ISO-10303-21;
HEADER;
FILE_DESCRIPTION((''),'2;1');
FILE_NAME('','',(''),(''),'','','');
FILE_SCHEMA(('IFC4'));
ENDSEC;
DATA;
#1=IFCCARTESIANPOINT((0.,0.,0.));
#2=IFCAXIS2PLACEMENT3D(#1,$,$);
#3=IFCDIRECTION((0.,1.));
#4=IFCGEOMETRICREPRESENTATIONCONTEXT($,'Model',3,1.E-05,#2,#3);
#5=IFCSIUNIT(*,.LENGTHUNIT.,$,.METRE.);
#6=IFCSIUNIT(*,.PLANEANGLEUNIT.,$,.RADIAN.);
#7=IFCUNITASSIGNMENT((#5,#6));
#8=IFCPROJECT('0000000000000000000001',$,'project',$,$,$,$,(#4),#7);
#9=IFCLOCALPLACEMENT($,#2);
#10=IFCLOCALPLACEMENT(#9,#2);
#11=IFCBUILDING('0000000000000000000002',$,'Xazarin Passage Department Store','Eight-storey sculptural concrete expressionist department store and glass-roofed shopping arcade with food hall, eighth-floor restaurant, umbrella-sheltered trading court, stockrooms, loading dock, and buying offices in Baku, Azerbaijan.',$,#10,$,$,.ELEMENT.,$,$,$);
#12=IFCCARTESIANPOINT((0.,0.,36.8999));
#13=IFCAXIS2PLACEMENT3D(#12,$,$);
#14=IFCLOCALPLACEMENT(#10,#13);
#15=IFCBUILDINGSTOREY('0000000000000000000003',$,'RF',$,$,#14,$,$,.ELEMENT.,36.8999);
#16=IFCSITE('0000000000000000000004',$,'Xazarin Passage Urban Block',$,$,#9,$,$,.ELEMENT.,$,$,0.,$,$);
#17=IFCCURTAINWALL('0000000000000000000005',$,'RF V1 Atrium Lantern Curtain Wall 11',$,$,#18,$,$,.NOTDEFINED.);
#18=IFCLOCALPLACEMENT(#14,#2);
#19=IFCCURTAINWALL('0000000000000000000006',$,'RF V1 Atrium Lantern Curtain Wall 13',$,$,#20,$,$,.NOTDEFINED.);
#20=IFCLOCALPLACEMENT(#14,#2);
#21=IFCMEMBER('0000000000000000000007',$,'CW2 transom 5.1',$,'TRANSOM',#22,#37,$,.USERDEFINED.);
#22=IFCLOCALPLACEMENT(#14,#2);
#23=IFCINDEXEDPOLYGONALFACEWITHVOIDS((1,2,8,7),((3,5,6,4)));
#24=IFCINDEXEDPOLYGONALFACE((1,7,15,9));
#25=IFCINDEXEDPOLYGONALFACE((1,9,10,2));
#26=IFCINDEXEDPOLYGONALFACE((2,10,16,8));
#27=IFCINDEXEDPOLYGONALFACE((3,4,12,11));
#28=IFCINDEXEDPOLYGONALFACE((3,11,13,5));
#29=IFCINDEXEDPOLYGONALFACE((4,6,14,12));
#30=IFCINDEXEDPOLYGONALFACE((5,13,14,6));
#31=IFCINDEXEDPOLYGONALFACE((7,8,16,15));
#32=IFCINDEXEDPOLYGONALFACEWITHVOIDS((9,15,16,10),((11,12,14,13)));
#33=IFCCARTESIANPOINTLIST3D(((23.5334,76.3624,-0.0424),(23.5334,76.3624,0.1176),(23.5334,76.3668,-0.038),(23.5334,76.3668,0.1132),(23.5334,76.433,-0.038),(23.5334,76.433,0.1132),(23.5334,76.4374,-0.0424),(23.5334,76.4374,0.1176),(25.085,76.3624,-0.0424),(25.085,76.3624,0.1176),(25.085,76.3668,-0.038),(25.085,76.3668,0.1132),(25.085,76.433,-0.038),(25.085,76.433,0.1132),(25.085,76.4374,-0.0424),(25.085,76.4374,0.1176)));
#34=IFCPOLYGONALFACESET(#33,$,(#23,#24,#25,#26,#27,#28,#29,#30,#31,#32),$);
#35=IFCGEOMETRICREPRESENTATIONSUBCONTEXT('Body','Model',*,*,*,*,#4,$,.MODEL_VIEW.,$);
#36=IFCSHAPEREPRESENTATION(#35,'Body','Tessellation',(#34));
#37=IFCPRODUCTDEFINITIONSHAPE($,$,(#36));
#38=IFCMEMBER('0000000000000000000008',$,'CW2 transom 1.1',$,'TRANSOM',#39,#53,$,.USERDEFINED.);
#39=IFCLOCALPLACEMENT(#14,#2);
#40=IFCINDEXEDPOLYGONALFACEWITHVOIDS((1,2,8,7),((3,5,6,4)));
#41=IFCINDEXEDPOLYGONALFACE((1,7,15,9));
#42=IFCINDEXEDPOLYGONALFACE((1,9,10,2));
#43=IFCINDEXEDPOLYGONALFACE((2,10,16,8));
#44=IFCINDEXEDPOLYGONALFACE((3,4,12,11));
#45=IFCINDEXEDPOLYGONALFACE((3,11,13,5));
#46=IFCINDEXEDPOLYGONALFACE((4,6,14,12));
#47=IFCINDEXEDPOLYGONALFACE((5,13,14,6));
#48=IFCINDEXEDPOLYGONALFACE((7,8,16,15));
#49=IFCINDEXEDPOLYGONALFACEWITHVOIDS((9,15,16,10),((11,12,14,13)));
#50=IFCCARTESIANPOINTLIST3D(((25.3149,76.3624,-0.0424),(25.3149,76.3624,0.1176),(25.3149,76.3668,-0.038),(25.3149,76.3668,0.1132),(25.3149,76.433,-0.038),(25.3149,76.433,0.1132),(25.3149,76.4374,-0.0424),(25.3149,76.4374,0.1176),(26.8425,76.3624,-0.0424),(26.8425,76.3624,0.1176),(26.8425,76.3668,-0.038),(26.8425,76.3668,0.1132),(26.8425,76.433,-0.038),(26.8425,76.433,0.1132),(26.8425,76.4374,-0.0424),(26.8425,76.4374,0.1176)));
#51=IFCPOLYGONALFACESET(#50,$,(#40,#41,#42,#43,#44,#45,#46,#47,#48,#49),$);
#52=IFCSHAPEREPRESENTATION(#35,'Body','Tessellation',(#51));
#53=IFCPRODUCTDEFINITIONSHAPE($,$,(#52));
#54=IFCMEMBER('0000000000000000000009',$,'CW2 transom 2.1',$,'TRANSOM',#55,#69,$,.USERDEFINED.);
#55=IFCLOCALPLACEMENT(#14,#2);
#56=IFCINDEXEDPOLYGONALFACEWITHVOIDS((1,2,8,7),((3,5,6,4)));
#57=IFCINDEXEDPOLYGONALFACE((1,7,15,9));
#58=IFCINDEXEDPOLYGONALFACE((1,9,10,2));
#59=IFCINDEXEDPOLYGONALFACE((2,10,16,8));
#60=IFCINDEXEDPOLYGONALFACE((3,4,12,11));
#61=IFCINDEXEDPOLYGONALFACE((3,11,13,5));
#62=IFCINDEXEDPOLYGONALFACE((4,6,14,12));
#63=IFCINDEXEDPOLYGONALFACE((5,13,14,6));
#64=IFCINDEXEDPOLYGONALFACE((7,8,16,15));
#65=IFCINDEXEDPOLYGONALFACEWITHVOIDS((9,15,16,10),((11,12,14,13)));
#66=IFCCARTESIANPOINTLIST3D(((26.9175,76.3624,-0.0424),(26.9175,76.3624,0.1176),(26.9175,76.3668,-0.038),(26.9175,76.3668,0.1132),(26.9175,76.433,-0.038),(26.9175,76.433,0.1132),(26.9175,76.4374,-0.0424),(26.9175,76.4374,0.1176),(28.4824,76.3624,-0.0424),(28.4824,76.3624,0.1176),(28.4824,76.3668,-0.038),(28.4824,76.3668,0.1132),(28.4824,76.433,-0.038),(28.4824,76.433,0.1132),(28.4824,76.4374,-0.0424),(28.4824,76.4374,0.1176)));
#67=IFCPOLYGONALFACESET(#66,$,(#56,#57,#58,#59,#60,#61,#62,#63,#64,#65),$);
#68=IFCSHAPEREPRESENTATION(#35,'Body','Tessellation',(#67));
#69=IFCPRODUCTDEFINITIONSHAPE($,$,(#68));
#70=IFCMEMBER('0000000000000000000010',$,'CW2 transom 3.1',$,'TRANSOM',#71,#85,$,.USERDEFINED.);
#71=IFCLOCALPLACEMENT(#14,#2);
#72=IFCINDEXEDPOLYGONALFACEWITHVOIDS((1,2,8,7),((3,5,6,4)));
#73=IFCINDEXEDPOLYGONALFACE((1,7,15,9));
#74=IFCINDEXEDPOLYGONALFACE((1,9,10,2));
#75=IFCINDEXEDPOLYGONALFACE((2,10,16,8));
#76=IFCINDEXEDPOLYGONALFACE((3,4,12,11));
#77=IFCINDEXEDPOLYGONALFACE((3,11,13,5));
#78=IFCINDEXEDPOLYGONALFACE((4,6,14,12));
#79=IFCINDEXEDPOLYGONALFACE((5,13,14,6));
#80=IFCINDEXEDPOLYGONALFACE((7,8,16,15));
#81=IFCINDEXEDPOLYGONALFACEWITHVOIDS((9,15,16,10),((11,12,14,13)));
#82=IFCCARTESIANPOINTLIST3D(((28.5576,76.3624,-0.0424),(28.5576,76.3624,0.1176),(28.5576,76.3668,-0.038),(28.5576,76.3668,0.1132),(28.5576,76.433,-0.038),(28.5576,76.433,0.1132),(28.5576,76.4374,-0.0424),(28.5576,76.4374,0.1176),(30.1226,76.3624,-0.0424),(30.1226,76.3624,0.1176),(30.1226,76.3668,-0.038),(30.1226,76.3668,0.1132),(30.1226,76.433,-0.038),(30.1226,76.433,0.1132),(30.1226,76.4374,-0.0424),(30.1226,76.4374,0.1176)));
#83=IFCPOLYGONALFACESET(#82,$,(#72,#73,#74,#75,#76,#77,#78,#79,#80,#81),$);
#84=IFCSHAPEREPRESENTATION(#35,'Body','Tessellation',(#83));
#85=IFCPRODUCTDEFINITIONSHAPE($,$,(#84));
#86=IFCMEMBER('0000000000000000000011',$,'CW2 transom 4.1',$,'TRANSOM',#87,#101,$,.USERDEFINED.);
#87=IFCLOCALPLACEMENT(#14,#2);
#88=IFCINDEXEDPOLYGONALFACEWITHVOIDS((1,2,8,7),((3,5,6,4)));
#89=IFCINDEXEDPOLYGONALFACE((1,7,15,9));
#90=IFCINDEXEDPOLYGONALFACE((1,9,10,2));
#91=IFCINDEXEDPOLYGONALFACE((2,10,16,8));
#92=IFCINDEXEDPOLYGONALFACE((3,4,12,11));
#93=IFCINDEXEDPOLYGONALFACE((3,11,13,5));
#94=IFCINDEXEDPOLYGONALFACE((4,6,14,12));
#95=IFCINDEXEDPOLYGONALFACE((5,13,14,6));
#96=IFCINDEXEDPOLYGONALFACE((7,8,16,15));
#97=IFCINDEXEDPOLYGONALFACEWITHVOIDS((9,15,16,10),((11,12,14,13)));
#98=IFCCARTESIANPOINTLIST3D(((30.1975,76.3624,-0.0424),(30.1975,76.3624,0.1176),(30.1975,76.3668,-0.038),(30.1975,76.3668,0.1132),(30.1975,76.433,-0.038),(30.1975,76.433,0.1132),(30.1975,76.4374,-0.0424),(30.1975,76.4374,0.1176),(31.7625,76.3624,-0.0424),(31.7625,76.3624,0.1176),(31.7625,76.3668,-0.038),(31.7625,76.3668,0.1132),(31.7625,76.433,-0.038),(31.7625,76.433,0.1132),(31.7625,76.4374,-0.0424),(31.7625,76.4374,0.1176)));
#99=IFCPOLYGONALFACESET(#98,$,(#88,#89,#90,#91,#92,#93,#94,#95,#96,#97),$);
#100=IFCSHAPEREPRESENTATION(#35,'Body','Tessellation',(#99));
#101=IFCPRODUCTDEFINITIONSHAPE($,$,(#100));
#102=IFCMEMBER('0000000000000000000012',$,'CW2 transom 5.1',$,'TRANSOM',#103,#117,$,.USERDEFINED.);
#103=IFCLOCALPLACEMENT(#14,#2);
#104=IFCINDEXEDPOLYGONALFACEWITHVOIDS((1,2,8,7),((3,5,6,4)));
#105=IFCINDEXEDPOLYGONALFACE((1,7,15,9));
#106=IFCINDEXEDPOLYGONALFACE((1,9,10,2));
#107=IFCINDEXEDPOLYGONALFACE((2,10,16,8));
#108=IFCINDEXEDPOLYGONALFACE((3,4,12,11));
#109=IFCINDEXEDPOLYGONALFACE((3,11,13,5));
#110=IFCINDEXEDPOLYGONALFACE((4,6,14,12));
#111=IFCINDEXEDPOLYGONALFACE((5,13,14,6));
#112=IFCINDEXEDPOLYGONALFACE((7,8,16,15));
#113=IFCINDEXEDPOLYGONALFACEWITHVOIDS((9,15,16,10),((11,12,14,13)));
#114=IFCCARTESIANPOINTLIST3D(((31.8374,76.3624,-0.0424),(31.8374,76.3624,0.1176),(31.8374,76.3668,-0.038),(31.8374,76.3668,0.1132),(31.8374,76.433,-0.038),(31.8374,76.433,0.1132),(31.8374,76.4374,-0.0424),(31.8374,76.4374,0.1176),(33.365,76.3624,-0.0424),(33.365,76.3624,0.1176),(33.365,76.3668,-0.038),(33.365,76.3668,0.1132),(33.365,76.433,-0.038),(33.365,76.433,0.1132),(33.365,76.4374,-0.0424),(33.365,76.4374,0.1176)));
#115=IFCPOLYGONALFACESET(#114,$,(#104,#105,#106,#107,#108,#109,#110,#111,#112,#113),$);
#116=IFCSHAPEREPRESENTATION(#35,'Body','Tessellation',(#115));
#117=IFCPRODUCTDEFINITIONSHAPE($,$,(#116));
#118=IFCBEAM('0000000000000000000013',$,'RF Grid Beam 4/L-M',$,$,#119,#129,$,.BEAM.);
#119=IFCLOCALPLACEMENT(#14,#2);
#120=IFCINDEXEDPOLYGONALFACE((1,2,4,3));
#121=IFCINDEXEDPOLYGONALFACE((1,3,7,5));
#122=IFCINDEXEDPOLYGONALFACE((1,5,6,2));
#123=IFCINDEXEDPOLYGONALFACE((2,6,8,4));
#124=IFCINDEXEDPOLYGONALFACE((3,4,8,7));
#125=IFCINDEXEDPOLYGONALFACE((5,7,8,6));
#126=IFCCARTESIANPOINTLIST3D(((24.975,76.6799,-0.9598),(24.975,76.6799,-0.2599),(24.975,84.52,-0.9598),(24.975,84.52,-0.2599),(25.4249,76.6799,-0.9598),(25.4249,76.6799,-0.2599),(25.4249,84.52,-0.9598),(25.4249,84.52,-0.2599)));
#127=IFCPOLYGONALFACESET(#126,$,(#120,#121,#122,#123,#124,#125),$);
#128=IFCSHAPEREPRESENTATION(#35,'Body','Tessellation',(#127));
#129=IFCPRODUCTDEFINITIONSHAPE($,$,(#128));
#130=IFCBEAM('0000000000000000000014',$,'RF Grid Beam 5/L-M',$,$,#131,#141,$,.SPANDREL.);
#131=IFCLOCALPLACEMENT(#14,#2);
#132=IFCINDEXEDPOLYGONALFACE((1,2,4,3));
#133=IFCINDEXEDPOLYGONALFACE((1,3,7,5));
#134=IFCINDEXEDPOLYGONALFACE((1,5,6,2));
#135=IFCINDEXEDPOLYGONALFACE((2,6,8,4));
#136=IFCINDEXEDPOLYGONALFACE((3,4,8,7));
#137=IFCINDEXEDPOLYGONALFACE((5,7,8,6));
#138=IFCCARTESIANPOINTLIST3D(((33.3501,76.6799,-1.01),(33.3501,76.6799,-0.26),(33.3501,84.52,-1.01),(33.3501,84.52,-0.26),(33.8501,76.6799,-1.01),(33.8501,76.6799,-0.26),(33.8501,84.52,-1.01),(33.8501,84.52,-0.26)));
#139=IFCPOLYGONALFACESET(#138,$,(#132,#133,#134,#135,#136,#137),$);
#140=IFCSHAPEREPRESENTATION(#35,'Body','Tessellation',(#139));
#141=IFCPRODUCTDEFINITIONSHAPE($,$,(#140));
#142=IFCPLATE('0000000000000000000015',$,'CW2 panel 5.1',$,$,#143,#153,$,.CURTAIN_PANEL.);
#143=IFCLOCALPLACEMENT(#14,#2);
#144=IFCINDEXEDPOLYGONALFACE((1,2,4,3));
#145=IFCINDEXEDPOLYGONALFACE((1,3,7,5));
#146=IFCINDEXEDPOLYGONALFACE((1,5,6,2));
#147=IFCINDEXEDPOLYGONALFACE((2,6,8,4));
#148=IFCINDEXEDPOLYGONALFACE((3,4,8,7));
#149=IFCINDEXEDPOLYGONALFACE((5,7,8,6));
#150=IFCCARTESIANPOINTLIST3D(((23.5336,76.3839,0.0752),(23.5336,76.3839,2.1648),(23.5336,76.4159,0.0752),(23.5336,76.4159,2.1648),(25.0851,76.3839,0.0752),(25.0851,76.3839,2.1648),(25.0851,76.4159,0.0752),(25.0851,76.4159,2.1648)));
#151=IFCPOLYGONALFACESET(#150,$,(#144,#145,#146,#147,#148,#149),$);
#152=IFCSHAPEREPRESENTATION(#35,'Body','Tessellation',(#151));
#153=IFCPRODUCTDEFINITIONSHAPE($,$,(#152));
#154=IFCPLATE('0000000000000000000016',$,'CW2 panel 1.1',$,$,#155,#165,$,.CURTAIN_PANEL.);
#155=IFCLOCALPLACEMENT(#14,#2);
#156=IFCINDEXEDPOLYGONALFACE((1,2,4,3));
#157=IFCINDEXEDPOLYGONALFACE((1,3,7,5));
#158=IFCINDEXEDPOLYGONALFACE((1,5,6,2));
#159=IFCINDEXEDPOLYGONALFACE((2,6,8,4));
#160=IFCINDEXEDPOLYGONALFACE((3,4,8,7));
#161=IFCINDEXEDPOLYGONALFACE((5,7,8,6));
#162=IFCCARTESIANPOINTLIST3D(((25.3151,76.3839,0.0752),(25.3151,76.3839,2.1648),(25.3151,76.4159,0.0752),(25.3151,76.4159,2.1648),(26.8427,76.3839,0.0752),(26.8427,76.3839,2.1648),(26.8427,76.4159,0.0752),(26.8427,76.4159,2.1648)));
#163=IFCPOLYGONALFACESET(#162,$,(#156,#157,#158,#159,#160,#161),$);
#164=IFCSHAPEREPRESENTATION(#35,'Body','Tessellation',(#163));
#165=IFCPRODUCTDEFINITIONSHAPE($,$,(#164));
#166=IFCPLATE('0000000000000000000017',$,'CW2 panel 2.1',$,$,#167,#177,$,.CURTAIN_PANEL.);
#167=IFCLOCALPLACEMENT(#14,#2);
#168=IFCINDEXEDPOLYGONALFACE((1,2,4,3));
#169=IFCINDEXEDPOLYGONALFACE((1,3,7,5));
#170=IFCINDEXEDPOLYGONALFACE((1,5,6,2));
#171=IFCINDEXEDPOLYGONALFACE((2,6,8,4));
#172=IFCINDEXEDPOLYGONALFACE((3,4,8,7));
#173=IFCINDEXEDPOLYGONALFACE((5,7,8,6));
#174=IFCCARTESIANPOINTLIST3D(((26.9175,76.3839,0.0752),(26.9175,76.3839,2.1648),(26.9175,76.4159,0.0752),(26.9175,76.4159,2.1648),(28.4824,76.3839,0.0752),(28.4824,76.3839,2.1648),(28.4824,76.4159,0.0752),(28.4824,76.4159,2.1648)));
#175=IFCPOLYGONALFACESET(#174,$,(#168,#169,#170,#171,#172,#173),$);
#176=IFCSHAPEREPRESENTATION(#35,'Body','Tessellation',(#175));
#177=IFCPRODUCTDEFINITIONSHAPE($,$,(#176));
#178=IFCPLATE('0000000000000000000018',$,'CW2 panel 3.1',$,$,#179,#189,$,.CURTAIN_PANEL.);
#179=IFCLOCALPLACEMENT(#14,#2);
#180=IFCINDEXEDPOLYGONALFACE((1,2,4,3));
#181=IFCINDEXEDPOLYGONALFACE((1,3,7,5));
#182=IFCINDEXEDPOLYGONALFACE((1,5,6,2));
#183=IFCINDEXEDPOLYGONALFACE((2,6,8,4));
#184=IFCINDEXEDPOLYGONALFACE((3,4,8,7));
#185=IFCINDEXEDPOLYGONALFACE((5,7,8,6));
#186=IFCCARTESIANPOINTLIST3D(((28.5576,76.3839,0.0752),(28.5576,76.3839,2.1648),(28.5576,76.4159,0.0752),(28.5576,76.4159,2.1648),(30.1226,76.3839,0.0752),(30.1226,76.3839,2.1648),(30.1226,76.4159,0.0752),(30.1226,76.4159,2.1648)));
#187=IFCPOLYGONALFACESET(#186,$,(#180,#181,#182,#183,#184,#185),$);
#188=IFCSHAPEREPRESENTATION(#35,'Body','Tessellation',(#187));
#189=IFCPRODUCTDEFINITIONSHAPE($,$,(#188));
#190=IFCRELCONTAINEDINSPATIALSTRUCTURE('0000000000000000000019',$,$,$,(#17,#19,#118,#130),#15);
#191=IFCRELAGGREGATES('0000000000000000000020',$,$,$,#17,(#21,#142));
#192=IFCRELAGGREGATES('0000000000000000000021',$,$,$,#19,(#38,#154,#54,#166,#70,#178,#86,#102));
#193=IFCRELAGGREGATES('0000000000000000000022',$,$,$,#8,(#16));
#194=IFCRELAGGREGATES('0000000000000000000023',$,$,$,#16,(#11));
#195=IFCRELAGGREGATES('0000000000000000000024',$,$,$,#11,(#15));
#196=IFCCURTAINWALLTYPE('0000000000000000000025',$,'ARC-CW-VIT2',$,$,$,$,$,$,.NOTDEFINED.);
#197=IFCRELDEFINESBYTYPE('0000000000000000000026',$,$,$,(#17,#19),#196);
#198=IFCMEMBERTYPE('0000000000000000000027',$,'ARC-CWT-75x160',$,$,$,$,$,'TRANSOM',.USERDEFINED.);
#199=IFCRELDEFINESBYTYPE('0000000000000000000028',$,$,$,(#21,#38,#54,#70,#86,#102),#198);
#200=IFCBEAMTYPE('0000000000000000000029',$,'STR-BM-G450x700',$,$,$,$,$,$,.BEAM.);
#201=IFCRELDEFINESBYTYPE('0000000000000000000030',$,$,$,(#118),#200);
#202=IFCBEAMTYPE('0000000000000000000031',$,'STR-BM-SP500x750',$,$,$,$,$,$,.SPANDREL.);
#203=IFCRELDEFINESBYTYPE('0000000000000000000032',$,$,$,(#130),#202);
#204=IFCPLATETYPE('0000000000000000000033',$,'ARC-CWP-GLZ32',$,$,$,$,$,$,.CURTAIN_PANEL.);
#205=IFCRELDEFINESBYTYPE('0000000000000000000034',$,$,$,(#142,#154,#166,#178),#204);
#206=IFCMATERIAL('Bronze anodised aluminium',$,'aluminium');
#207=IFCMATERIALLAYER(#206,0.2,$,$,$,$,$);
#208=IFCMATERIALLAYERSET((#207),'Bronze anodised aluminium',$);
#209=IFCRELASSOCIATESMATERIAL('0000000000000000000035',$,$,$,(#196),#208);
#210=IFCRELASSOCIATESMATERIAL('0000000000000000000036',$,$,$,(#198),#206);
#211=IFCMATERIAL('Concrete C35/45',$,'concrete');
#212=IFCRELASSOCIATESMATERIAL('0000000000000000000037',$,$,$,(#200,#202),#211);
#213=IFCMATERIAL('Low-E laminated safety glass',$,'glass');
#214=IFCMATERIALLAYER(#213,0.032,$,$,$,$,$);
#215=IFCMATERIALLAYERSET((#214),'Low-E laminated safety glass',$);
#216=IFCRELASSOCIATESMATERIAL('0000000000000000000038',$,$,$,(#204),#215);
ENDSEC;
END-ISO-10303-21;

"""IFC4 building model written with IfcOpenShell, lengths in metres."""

from ifc_helpers import new_model, si_unit, direction, frame, origin, origin_2d, place, context, subcontext, project, spatial, rectangle, hollow_rectangle, extrude, material, layer, layer_set, material_profile, profile_set, type_object, element, aggregate, save


model = new_model("IFC4")

# Units and contexts
model_context = context("Model", 3, precision=1e-05, world=origin(), true_north=direction((0.0, 1.0)))
body_context = subcontext(model_context, "Body", "Model", "MODEL_VIEW")
ifc_project = project(units=[si_unit("LENGTHUNIT", "METRE"), si_unit("PLANEANGLEUNIT", "RADIAN")], contexts=[model_context])

# Site, building, storey
site_placement = place(None, origin())
site = spatial("IfcSite", under=ifc_project, at=site_placement, Name="Xazarin Passage Urban Block", CompositionType="ELEMENT", RefElevation=0.0)
building_placement = place(site_placement, origin())
building = spatial("IfcBuilding", under=site, at=building_placement, Name="Xazarin Passage Department Store", Description="Eight-storey sculptural concrete expressionist department store and glass-roofed shopping arcade with food hall, eighth-floor restaurant, umbrella-sheltered trading court, stockrooms, loading dock, and buying offices in Baku, Azerbaijan.", CompositionType="ELEMENT")
storey_placement = place(building_placement, frame((0.0, 0.0, 36.8999)))
storey = spatial("IfcBuildingStorey", under=building, at=storey_placement, Name="RF", CompositionType="ELEMENT", Elevation=36.8999)

# Curtain walls
ifc_material_1 = material(Name="Bronze anodised aluminium", Category="aluminium")
ifc_layer_1 = layer(ifc_material_1, 0.2)
ifc_layer_set_1 = layer_set([ifc_layer_1], Name="Bronze anodised aluminium")
curtain_wall_type = type_object("IfcCurtainWallType", Name="ARC-CW-VIT2", PredefinedType="NOTDEFINED", material=ifc_layer_set_1)
curtain_wall_1_placement = place(storey_placement, origin())
curtain_wall_1 = element("IfcCurtainWall", 1, at=curtain_wall_1_placement, inside=storey, type_object=curtain_wall_type, Name="RF V1 Atrium Lantern Curtain Wall 11", PredefinedType="NOTDEFINED")
curtain_wall_2_placement = place(storey_placement, origin())
curtain_wall_2 = element("IfcCurtainWall", 2, at=curtain_wall_2_placement, inside=storey, type_object=curtain_wall_type, Name="RF V1 Atrium Lantern Curtain Wall 13", PredefinedType="NOTDEFINED")

# Members
ifc_material_profile_1 = material_profile(ifc_material_1, hollow_rectangle(XDim=0.075, YDim=0.1599, WallThickness=0.0044, at=origin_2d()), Name="ALU 75x160")
ifc_profile_set_1 = profile_set([ifc_material_profile_1], Name="Bronze anodised aluminium")
member_type_1 = type_object("IfcMemberType", Name="ARC-CWT-75x160", ElementType="TRANSOM", PredefinedType="USERDEFINED", material=ifc_profile_set_1)
member_1_placement = place(storey_placement, frame((23.5334, 76.3999, 0.0376), z_axis=(1.0, 0.0, 0.0), x_axis=(0.0, 1.0, 0.0)))
member_1 = element("IfcMember", 3, at=member_1_placement, type_object=member_type_1, Name="CW2 transom 5.1", ObjectType="TRANSOM", PredefinedType="USERDEFINED", context=body_context, shape_type="SweptSolid", body=[
    extrude(hollow_rectangle(XDim=0.075, YDim=0.1599, WallThickness=0.0044, at=origin_2d()), origin(), (0.0, 0.0, 1.0), 1.5515),
])
member_2_placement = place(storey_placement, frame((25.3149, 76.3999, 0.0376), z_axis=(1.0, 0.0, 0.0), x_axis=(0.0, 1.0, 0.0)))
member_2 = element("IfcMember", 4, at=member_2_placement, type_object=member_type_1, Name="CW2 transom 1.1", ObjectType="TRANSOM", PredefinedType="USERDEFINED", context=body_context, shape_type="SweptSolid", body=[
    extrude(hollow_rectangle(XDim=0.075, YDim=0.1599, WallThickness=0.0044, at=origin_2d()), origin(), (0.0, 0.0, 1.0), 1.5276),
])
member_3_placement = place(storey_placement, frame((26.9175, 76.3999, 0.0376), z_axis=(1.0, 0.0, 0.0), x_axis=(0.0, 1.0, 0.0)))
member_3 = element("IfcMember", 5, at=member_3_placement, type_object=member_type_1, Name="CW2 transom 2.1", ObjectType="TRANSOM", PredefinedType="USERDEFINED", context=body_context, shape_type="SweptSolid", body=[
    extrude(hollow_rectangle(XDim=0.075, YDim=0.1599, WallThickness=0.0044, at=origin_2d()), origin(), (0.0, 0.0, 1.0), 1.5649),
])
member_4_placement = place(storey_placement, frame((28.5576, 76.3999, 0.0376), z_axis=(1.0, 0.0, 0.0), x_axis=(0.0, 1.0, 0.0)))
member_4 = element("IfcMember", 6, at=member_4_placement, type_object=member_type_1, Name="CW2 transom 3.1", ObjectType="TRANSOM", PredefinedType="USERDEFINED", context=body_context, shape_type="SweptSolid", body=[
    extrude(hollow_rectangle(XDim=0.075, YDim=0.1599, WallThickness=0.0044, at=origin_2d()), origin(), (0.0, 0.0, 1.0), 1.5649),
])
member_5_placement = place(storey_placement, frame((30.1975, 76.3999, 0.0376), z_axis=(1.0, 0.0, 0.0), x_axis=(0.0, 1.0, 0.0)))
member_5 = element("IfcMember", 7, at=member_5_placement, type_object=member_type_1, Name="CW2 transom 4.1", ObjectType="TRANSOM", PredefinedType="USERDEFINED", context=body_context, shape_type="SweptSolid", body=[
    extrude(hollow_rectangle(XDim=0.075, YDim=0.1599, WallThickness=0.0044, at=origin_2d()), origin(), (0.0, 0.0, 1.0), 1.5649),
])
member_6_placement = place(storey_placement, frame((31.8374, 76.3999, 0.0376), z_axis=(1.0, 0.0, 0.0), x_axis=(0.0, 1.0, 0.0)))
member_6 = element("IfcMember", 8, at=member_6_placement, type_object=member_type_1, Name="CW2 transom 5.1", ObjectType="TRANSOM", PredefinedType="USERDEFINED", context=body_context, shape_type="SweptSolid", body=[
    extrude(hollow_rectangle(XDim=0.075, YDim=0.1599, WallThickness=0.0044, at=origin_2d()), origin(), (0.0, 0.0, 1.0), 1.5276),
])

# Beams
ifc_material_2 = material(Name="Concrete C35/45", Category="concrete")
ifc_material_profile_2 = material_profile(ifc_material_2, rectangle(XDim=0.45, YDim=0.7, at=origin_2d()), Name="RC 450x700")
ifc_profile_set_2 = profile_set([ifc_material_profile_2], Name="Concrete C35/45")
beam_type_1 = type_object("IfcBeamType", Name="STR-BM-G450x700", PredefinedType="BEAM", material=ifc_profile_set_2)
beam_1_placement = place(storey_placement, frame((25.2, 76.6799, -0.6099), z_axis=(0.0, 1.0, 0.0), x_axis=(-1.0, 0.0, 0.0)))
element("IfcBeam", 9, at=beam_1_placement, inside=storey, type_object=beam_type_1, Name="RF Grid Beam 4/L-M", PredefinedType="BEAM", context=body_context, shape_type="SweptSolid", body=[
    extrude(rectangle(XDim=0.45, YDim=0.7, at=origin_2d()), origin(), (0.0, 0.0, 1.0), 7.8401),
])
ifc_material_profile_3 = material_profile(ifc_material_2, rectangle(XDim=0.5, YDim=0.75, at=origin_2d()), Name="RC 500x750")
ifc_profile_set_3 = profile_set([ifc_material_profile_3], Name="Concrete C35/45")
beam_type_2 = type_object("IfcBeamType", Name="STR-BM-SP500x750", PredefinedType="SPANDREL", material=ifc_profile_set_3)
beam_2_placement = place(storey_placement, frame((33.6001, 76.6799, -0.635), z_axis=(0.0, 1.0, 0.0), x_axis=(-1.0, 0.0, 0.0)))
element("IfcBeam", 10, at=beam_2_placement, inside=storey, type_object=beam_type_2, Name="RF Grid Beam 5/L-M", PredefinedType="SPANDREL", context=body_context, shape_type="SweptSolid", body=[
    extrude(rectangle(XDim=0.5, YDim=0.75, at=origin_2d()), origin(), (0.0, 0.0, 1.0), 7.8401),
])

# Plates
ifc_material_3 = material(Name="Low-E laminated safety glass", Category="glass")
ifc_layer_2 = layer(ifc_material_3, 0.032)
ifc_layer_set_2 = layer_set([ifc_layer_2], Name="Low-E laminated safety glass")
plate_type = type_object("IfcPlateType", Name="ARC-CWP-GLZ32", PredefinedType="CURTAIN_PANEL", material=ifc_layer_set_2)
plate_1_placement = place(storey_placement, frame((24.3093, 76.3999, 0.0752), z_axis=(0.0, 0.0, 1.0), x_axis=(1.0, 0.0, 0.0)))
plate_1 = element("IfcPlate", 11, at=plate_1_placement, type_object=plate_type, Name="CW2 panel 5.1", PredefinedType="CURTAIN_PANEL", context=body_context, shape_type="SweptSolid", body=[
    extrude(rectangle(XDim=1.5515, YDim=0.032, at=origin_2d()), origin(), (0.0, 0.0, 1.0), 2.0896),
])
aggregate(curtain_wall_1, [member_1, plate_1])
plate_2_placement = place(storey_placement, frame((26.0789, 76.3999, 0.0752), z_axis=(0.0, 0.0, 1.0), x_axis=(1.0, 0.0, 0.0)))
plate_2 = element("IfcPlate", 12, at=plate_2_placement, type_object=plate_type, Name="CW2 panel 1.1", PredefinedType="CURTAIN_PANEL", context=body_context, shape_type="SweptSolid", body=[
    extrude(rectangle(XDim=1.5276, YDim=0.032, at=origin_2d()), origin(), (0.0, 0.0, 1.0), 2.0896),
])
plate_3_placement = place(storey_placement, frame((27.7, 76.3999, 0.0752), z_axis=(0.0, 0.0, 1.0), x_axis=(1.0, 0.0, 0.0)))
plate_3 = element("IfcPlate", 13, at=plate_3_placement, type_object=plate_type, Name="CW2 panel 2.1", PredefinedType="CURTAIN_PANEL", context=body_context, shape_type="SweptSolid", body=[
    extrude(rectangle(XDim=1.5649, YDim=0.032, at=origin_2d()), origin(), (0.0, 0.0, 1.0), 2.0896),
])
plate_4_placement = place(storey_placement, frame((29.3401, 76.3999, 0.0752), z_axis=(0.0, 0.0, 1.0), x_axis=(1.0, 0.0, 0.0)))
plate_4 = element("IfcPlate", 14, at=plate_4_placement, type_object=plate_type, Name="CW2 panel 3.1", PredefinedType="CURTAIN_PANEL", context=body_context, shape_type="SweptSolid", body=[
    extrude(rectangle(XDim=1.5649, YDim=0.032, at=origin_2d()), origin(), (0.0, 0.0, 1.0), 2.0896),
])
aggregate(curtain_wall_2, [member_2, plate_2, member_3, plate_3, member_4, plate_4, member_5, member_6])

save(model, "model.ifc")
